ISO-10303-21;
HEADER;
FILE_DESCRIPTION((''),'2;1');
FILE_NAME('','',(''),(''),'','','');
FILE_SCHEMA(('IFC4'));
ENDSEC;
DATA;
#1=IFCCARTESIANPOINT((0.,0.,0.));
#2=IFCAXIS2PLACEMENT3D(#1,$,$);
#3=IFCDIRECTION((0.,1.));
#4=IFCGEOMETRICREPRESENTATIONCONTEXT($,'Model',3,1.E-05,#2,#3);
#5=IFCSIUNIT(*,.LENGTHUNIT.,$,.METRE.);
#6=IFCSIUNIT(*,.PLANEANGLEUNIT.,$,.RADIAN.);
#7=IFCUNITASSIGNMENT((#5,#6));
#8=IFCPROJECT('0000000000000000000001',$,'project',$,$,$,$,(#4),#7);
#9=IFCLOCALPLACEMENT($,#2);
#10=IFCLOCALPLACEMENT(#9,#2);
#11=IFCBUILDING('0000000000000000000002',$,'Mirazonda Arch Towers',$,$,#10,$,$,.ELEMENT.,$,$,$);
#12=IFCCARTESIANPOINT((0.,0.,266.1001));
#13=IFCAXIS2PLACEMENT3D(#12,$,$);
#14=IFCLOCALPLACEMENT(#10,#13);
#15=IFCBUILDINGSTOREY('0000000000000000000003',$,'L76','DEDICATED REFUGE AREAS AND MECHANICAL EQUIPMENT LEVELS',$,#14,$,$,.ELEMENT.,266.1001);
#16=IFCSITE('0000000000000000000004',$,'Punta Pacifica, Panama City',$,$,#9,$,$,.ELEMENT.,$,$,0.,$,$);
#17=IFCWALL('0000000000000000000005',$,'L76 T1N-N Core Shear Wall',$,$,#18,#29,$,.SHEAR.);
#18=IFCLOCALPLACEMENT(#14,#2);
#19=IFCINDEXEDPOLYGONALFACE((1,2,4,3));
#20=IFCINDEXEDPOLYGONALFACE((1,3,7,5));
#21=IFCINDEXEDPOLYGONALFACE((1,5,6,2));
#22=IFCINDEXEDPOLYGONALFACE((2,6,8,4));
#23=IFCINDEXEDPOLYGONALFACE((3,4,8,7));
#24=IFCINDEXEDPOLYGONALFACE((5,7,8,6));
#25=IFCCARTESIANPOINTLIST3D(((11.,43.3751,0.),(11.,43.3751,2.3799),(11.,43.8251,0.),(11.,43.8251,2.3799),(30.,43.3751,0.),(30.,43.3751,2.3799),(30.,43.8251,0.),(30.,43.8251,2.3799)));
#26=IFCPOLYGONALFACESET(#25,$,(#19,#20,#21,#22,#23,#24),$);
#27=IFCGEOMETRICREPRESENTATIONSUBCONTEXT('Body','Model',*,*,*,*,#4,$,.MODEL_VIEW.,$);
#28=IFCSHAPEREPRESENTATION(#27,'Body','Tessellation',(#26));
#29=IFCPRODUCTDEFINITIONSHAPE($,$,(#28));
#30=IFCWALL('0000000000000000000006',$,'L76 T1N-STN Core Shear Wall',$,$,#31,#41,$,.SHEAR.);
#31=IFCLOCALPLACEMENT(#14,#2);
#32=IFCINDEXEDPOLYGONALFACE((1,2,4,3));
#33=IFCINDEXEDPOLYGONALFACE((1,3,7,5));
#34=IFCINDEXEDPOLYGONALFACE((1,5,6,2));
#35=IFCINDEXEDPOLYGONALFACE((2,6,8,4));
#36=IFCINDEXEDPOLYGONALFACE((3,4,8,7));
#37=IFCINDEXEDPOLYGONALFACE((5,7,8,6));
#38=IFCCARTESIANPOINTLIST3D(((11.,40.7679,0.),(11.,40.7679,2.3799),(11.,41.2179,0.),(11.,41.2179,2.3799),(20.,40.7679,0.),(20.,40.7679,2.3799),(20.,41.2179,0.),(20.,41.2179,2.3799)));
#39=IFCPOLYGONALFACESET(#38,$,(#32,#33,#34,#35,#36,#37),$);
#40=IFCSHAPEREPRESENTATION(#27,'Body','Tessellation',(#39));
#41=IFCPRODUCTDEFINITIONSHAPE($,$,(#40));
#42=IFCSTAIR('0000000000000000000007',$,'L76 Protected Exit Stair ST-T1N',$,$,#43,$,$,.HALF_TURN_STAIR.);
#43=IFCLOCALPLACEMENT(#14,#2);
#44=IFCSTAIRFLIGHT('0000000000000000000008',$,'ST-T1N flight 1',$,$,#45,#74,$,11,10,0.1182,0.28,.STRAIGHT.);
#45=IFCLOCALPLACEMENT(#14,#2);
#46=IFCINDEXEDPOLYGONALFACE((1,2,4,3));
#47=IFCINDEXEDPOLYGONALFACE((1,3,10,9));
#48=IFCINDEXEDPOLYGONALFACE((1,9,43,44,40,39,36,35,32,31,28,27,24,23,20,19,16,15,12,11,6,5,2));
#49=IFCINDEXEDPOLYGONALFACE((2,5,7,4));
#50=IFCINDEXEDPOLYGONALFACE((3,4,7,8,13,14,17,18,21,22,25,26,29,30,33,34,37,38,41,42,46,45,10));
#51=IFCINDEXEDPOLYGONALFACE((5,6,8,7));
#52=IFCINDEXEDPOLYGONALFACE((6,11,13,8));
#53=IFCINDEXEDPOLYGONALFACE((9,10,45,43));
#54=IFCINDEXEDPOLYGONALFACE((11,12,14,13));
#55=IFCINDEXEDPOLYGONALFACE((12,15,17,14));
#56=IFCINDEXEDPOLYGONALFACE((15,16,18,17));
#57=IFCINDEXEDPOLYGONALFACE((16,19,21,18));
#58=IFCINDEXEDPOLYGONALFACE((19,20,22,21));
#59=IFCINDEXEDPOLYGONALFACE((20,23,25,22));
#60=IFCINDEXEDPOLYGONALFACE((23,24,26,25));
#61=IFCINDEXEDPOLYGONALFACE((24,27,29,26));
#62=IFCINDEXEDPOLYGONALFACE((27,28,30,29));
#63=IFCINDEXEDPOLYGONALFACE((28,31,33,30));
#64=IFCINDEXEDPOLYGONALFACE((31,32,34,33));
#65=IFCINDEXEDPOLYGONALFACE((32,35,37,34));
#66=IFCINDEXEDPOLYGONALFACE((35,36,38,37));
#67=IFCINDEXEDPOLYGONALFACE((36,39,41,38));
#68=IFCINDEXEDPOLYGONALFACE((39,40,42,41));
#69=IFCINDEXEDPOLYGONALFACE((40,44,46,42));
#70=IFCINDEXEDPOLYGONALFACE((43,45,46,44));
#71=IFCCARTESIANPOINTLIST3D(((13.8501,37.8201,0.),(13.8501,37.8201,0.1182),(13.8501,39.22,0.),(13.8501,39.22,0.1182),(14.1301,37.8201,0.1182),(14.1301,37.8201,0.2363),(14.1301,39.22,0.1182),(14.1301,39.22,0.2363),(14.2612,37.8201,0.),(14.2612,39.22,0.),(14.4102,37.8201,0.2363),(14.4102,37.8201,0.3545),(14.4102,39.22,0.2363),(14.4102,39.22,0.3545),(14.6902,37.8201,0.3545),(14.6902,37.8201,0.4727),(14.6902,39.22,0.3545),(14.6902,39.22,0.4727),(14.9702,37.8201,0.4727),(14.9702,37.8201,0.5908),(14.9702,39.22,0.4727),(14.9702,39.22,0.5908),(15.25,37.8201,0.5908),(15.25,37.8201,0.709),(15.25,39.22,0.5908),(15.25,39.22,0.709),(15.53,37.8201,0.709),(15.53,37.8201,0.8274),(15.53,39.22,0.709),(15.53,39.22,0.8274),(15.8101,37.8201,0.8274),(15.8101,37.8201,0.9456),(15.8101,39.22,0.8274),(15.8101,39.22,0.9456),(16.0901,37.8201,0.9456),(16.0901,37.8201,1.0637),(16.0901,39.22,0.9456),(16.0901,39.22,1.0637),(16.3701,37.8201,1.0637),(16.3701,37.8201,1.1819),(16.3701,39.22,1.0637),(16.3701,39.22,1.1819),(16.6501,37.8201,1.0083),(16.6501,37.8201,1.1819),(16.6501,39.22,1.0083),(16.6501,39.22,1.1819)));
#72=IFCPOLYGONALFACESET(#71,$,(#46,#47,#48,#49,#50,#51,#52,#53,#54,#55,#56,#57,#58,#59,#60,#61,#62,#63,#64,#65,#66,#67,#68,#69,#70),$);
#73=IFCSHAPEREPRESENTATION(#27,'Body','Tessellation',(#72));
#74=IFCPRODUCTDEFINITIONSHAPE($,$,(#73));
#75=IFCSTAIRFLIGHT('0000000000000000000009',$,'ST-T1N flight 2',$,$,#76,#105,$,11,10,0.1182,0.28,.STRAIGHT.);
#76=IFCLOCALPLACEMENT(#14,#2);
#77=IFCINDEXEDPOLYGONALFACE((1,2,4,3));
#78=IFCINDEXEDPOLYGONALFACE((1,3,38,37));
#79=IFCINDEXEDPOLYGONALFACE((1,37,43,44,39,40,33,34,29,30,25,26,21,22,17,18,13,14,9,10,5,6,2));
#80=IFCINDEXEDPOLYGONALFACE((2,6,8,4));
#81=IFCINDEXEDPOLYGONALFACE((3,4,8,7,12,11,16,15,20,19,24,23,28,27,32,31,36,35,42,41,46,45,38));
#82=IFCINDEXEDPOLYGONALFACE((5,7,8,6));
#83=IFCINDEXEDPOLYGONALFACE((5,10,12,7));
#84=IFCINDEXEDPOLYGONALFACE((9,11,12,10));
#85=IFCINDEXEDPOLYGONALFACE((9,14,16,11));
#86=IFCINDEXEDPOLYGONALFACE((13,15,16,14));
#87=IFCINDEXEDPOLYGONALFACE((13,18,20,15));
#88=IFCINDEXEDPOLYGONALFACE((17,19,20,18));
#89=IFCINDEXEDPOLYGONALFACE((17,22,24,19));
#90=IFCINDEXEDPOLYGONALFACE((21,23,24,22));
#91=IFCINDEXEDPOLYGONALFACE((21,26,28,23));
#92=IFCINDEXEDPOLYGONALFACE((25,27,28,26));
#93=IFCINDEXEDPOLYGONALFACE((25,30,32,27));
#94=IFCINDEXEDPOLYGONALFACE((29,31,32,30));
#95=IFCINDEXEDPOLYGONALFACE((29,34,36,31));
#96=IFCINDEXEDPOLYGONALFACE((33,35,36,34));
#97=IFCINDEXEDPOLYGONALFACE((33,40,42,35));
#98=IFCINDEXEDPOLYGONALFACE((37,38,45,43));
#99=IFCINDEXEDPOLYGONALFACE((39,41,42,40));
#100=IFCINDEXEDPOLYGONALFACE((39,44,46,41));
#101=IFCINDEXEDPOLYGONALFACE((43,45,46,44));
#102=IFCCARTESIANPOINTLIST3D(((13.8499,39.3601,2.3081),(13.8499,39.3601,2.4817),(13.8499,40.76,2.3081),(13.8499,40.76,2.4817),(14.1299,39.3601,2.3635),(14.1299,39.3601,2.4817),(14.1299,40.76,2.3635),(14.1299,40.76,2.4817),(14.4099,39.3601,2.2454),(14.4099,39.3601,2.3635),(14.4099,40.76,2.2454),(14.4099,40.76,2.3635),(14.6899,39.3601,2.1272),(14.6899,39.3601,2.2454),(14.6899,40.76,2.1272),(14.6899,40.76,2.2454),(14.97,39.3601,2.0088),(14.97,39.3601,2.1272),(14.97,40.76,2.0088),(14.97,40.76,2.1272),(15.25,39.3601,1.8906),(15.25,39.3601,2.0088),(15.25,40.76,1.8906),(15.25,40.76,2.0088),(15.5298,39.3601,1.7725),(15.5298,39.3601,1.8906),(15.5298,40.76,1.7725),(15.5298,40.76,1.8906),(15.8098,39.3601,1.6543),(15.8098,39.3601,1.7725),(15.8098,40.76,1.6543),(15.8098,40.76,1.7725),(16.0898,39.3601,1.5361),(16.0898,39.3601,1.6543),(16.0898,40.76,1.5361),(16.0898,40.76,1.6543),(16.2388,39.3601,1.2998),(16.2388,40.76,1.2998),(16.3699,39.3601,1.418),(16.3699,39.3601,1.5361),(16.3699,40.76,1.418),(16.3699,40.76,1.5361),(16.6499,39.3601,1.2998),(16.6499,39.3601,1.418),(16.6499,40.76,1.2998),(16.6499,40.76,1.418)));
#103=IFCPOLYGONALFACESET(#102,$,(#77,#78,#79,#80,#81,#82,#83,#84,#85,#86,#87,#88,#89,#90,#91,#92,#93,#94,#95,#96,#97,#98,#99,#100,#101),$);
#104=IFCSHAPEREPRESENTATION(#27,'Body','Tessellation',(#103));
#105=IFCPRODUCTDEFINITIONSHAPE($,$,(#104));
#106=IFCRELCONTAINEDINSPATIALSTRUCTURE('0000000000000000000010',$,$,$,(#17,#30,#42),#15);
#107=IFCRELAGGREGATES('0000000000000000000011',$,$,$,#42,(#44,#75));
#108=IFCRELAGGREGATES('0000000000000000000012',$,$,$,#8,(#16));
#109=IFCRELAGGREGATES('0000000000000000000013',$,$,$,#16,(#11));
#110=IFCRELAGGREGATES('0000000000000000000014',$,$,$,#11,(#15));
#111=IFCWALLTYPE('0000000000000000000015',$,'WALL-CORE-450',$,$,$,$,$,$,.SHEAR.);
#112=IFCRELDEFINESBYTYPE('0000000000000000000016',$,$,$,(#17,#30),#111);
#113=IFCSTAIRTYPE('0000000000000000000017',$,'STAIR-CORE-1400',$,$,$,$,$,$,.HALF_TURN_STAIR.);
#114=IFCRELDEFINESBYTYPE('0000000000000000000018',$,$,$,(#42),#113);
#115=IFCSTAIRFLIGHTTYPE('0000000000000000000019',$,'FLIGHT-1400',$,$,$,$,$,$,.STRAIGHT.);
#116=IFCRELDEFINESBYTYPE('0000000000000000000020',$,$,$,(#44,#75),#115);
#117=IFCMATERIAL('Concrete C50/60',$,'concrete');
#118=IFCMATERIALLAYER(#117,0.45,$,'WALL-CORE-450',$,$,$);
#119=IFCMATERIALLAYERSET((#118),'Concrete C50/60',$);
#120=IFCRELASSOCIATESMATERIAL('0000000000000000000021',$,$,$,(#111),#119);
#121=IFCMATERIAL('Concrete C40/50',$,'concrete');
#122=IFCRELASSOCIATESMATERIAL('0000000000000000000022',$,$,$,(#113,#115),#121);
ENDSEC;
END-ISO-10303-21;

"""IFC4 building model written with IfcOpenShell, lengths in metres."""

from ifc_helpers import new_model, si_unit, direction, frame, frame_2d, origin, place, context, subcontext, project, spatial, polyline, rectangle, outline, extrude, material, layer, layer_set, type_object, element, aggregate, save


model = new_model("IFC4")

# Units and contexts
model_context = context("Model", 3, precision=1e-05, world=origin(), true_north=direction((0.0, 1.0)))
body_context = subcontext(model_context, "Body", "Model", "MODEL_VIEW")
ifc_project = project(units=[si_unit("LENGTHUNIT", "METRE"), si_unit("PLANEANGLEUNIT", "RADIAN")], contexts=[model_context])

# Site, building, storey
site_placement = place(None, origin())
site = spatial("IfcSite", under=ifc_project, at=site_placement, Name="Punta Pacifica, Panama City", CompositionType="ELEMENT", RefElevation=0.0)
building_placement = place(site_placement, origin())
building = spatial("IfcBuilding", under=site, at=building_placement, Name="Mirazonda Arch Towers", CompositionType="ELEMENT")
storey_placement = place(building_placement, frame((0.0, 0.0, 266.1001)))
storey = spatial("IfcBuildingStorey", under=building, at=storey_placement, Name="L76", Description="DEDICATED REFUGE AREAS AND MECHANICAL EQUIPMENT LEVELS", CompositionType="ELEMENT", Elevation=266.1001)

# Shared definitions
ifc_material_1 = material(Name="Concrete C50/60", Category="concrete")

# Walls
ifc_layer_1 = layer(ifc_material_1, 0.45, Name="WALL-CORE-450")
ifc_layer_set_1 = layer_set([ifc_layer_1], Name="Concrete C50/60")
wall_type = type_object("IfcWallType", Name="WALL-CORE-450", PredefinedType="SHEAR", material=ifc_layer_set_1)
wall_1_placement = place(storey_placement, frame((11.0, 43.6001, 0.0), z_axis=(0.0, 0.0, 1.0), x_axis=(1.0, 0.0, 0.0)))
element("IfcWall", 1, at=wall_1_placement, inside=storey, type_object=wall_type, Name="L76 T1N-N Core Shear Wall", PredefinedType="SHEAR", context=body_context, shape_type="SweptSolid", body=[
    extrude(rectangle(XDim=19.0, YDim=0.45, at=frame_2d((9.5, 0.0))), origin(), (0.0, 0.0, 1.0), 2.3799),
])
wall_2_placement = place(storey_placement, frame((11.0, 40.9929, 0.0), z_axis=(0.0, 0.0, 1.0), x_axis=(1.0, 0.0, 0.0)))
element("IfcWall", 2, at=wall_2_placement, inside=storey, type_object=wall_type, Name="L76 T1N-STN Core Shear Wall", PredefinedType="SHEAR", context=body_context, shape_type="SweptSolid", body=[
    extrude(rectangle(XDim=9.0, YDim=0.45, at=frame_2d((4.5, 0.0))), origin(), (0.0, 0.0, 1.0), 2.3799),
])

# Stair, stair flights
ifc_material_2 = material(Name="Concrete C40/50", Category="concrete")
stair_type = type_object("IfcStairType", Name="STAIR-CORE-1400", PredefinedType="HALF_TURN_STAIR", material=ifc_material_2)
stair_placement = place(storey_placement, origin())
stair = element("IfcStair", 3, at=stair_placement, inside=storey, type_object=stair_type, Name="L76 Protected Exit Stair ST-T1N", PredefinedType="HALF_TURN_STAIR")
stair_flight_type = type_object("IfcStairFlightType", Name="FLIGHT-1400", PredefinedType="STRAIGHT", material=ifc_material_2)
stair_flight_1_placement = place(storey_placement, frame((13.8501, 38.52, 0.0), z_axis=(0.0, 0.0, 1.0), x_axis=(1.0, 0.0, 0.0)))
stair_flight_1 = element("IfcStairFlight", 4, at=stair_flight_1_placement, type_object=stair_flight_type, Name="ST-T1N flight 1", NumberOfRisers=11, NumberOfTreads=10, PredefinedType="STRAIGHT", RiserHeight=0.1182, TreadLength=0.28, context=body_context, shape_type="SweptSolid", body=[
    extrude(outline(polyline([(0.0, 0.0), (0.0, 0.1182), (0.28, 0.1182), (0.28, 0.2363), (0.5601, 0.2363), (0.5601, 0.3545), (0.8401, 0.3545), (0.8401, 0.4727), (1.1201, 0.4727), (1.1201, 0.5908), (1.3999, 0.5908), (1.3999, 0.709), (1.6799, 0.709), (1.6799, 0.8274), (1.96, 0.8274), (1.96, 0.9456), (2.24, 0.9456), (2.24, 1.0637), (2.52, 1.0637), (2.52, 1.1819), (2.8, 1.1819), (2.8, 1.3), (2.8, 1.0083), (0.4111, 0.0), (0.0, 0.0)])), frame((0.0, 0.7, 0.0), z_axis=(0.0, -1.0, 0.0), x_axis=(1.0, 0.0, 0.0)), (0.0, 0.0, 1.0), 1.3999),
])
stair_flight_2_placement = place(storey_placement, frame((16.6499, 40.0601, 1.2998), z_axis=(0.0, 0.0, 1.0), x_axis=(-1.0, 0.0, 0.0)))
stair_flight_2 = element("IfcStairFlight", 5, at=stair_flight_2_placement, type_object=stair_flight_type, Name="ST-T1N flight 2", NumberOfRisers=11, NumberOfTreads=10, PredefinedType="STRAIGHT", RiserHeight=0.1182, TreadLength=0.28, context=body_context, shape_type="SweptSolid", body=[
    extrude(outline(polyline([(0.0, 0.0), (0.0, 0.1182), (0.28, 0.1182), (0.28, 0.2363), (0.5601, 0.2363), (0.5601, 0.3545), (0.8401, 0.3545), (0.8401, 0.4727), (1.1201, 0.4727), (1.1201, 0.5908), (1.3999, 0.5908), (1.3999, 0.709), (1.6799, 0.709), (1.6799, 0.8274), (1.96, 0.8274), (1.96, 0.9456), (2.24, 0.9456), (2.24, 1.0637), (2.52, 1.0637), (2.52, 1.1819), (2.8, 1.1819), (2.8, 1.3), (2.8, 1.0083), (0.4111, 0.0), (0.0, 0.0)])), frame((0.0, 0.7, 0.0), z_axis=(0.0, -1.0, 0.0), x_axis=(1.0, 0.0, 0.0)), (0.0, 0.0, 1.0), 1.3999),
])
aggregate(stair, [stair_flight_1, stair_flight_2])

save(model, "model.ifc")
